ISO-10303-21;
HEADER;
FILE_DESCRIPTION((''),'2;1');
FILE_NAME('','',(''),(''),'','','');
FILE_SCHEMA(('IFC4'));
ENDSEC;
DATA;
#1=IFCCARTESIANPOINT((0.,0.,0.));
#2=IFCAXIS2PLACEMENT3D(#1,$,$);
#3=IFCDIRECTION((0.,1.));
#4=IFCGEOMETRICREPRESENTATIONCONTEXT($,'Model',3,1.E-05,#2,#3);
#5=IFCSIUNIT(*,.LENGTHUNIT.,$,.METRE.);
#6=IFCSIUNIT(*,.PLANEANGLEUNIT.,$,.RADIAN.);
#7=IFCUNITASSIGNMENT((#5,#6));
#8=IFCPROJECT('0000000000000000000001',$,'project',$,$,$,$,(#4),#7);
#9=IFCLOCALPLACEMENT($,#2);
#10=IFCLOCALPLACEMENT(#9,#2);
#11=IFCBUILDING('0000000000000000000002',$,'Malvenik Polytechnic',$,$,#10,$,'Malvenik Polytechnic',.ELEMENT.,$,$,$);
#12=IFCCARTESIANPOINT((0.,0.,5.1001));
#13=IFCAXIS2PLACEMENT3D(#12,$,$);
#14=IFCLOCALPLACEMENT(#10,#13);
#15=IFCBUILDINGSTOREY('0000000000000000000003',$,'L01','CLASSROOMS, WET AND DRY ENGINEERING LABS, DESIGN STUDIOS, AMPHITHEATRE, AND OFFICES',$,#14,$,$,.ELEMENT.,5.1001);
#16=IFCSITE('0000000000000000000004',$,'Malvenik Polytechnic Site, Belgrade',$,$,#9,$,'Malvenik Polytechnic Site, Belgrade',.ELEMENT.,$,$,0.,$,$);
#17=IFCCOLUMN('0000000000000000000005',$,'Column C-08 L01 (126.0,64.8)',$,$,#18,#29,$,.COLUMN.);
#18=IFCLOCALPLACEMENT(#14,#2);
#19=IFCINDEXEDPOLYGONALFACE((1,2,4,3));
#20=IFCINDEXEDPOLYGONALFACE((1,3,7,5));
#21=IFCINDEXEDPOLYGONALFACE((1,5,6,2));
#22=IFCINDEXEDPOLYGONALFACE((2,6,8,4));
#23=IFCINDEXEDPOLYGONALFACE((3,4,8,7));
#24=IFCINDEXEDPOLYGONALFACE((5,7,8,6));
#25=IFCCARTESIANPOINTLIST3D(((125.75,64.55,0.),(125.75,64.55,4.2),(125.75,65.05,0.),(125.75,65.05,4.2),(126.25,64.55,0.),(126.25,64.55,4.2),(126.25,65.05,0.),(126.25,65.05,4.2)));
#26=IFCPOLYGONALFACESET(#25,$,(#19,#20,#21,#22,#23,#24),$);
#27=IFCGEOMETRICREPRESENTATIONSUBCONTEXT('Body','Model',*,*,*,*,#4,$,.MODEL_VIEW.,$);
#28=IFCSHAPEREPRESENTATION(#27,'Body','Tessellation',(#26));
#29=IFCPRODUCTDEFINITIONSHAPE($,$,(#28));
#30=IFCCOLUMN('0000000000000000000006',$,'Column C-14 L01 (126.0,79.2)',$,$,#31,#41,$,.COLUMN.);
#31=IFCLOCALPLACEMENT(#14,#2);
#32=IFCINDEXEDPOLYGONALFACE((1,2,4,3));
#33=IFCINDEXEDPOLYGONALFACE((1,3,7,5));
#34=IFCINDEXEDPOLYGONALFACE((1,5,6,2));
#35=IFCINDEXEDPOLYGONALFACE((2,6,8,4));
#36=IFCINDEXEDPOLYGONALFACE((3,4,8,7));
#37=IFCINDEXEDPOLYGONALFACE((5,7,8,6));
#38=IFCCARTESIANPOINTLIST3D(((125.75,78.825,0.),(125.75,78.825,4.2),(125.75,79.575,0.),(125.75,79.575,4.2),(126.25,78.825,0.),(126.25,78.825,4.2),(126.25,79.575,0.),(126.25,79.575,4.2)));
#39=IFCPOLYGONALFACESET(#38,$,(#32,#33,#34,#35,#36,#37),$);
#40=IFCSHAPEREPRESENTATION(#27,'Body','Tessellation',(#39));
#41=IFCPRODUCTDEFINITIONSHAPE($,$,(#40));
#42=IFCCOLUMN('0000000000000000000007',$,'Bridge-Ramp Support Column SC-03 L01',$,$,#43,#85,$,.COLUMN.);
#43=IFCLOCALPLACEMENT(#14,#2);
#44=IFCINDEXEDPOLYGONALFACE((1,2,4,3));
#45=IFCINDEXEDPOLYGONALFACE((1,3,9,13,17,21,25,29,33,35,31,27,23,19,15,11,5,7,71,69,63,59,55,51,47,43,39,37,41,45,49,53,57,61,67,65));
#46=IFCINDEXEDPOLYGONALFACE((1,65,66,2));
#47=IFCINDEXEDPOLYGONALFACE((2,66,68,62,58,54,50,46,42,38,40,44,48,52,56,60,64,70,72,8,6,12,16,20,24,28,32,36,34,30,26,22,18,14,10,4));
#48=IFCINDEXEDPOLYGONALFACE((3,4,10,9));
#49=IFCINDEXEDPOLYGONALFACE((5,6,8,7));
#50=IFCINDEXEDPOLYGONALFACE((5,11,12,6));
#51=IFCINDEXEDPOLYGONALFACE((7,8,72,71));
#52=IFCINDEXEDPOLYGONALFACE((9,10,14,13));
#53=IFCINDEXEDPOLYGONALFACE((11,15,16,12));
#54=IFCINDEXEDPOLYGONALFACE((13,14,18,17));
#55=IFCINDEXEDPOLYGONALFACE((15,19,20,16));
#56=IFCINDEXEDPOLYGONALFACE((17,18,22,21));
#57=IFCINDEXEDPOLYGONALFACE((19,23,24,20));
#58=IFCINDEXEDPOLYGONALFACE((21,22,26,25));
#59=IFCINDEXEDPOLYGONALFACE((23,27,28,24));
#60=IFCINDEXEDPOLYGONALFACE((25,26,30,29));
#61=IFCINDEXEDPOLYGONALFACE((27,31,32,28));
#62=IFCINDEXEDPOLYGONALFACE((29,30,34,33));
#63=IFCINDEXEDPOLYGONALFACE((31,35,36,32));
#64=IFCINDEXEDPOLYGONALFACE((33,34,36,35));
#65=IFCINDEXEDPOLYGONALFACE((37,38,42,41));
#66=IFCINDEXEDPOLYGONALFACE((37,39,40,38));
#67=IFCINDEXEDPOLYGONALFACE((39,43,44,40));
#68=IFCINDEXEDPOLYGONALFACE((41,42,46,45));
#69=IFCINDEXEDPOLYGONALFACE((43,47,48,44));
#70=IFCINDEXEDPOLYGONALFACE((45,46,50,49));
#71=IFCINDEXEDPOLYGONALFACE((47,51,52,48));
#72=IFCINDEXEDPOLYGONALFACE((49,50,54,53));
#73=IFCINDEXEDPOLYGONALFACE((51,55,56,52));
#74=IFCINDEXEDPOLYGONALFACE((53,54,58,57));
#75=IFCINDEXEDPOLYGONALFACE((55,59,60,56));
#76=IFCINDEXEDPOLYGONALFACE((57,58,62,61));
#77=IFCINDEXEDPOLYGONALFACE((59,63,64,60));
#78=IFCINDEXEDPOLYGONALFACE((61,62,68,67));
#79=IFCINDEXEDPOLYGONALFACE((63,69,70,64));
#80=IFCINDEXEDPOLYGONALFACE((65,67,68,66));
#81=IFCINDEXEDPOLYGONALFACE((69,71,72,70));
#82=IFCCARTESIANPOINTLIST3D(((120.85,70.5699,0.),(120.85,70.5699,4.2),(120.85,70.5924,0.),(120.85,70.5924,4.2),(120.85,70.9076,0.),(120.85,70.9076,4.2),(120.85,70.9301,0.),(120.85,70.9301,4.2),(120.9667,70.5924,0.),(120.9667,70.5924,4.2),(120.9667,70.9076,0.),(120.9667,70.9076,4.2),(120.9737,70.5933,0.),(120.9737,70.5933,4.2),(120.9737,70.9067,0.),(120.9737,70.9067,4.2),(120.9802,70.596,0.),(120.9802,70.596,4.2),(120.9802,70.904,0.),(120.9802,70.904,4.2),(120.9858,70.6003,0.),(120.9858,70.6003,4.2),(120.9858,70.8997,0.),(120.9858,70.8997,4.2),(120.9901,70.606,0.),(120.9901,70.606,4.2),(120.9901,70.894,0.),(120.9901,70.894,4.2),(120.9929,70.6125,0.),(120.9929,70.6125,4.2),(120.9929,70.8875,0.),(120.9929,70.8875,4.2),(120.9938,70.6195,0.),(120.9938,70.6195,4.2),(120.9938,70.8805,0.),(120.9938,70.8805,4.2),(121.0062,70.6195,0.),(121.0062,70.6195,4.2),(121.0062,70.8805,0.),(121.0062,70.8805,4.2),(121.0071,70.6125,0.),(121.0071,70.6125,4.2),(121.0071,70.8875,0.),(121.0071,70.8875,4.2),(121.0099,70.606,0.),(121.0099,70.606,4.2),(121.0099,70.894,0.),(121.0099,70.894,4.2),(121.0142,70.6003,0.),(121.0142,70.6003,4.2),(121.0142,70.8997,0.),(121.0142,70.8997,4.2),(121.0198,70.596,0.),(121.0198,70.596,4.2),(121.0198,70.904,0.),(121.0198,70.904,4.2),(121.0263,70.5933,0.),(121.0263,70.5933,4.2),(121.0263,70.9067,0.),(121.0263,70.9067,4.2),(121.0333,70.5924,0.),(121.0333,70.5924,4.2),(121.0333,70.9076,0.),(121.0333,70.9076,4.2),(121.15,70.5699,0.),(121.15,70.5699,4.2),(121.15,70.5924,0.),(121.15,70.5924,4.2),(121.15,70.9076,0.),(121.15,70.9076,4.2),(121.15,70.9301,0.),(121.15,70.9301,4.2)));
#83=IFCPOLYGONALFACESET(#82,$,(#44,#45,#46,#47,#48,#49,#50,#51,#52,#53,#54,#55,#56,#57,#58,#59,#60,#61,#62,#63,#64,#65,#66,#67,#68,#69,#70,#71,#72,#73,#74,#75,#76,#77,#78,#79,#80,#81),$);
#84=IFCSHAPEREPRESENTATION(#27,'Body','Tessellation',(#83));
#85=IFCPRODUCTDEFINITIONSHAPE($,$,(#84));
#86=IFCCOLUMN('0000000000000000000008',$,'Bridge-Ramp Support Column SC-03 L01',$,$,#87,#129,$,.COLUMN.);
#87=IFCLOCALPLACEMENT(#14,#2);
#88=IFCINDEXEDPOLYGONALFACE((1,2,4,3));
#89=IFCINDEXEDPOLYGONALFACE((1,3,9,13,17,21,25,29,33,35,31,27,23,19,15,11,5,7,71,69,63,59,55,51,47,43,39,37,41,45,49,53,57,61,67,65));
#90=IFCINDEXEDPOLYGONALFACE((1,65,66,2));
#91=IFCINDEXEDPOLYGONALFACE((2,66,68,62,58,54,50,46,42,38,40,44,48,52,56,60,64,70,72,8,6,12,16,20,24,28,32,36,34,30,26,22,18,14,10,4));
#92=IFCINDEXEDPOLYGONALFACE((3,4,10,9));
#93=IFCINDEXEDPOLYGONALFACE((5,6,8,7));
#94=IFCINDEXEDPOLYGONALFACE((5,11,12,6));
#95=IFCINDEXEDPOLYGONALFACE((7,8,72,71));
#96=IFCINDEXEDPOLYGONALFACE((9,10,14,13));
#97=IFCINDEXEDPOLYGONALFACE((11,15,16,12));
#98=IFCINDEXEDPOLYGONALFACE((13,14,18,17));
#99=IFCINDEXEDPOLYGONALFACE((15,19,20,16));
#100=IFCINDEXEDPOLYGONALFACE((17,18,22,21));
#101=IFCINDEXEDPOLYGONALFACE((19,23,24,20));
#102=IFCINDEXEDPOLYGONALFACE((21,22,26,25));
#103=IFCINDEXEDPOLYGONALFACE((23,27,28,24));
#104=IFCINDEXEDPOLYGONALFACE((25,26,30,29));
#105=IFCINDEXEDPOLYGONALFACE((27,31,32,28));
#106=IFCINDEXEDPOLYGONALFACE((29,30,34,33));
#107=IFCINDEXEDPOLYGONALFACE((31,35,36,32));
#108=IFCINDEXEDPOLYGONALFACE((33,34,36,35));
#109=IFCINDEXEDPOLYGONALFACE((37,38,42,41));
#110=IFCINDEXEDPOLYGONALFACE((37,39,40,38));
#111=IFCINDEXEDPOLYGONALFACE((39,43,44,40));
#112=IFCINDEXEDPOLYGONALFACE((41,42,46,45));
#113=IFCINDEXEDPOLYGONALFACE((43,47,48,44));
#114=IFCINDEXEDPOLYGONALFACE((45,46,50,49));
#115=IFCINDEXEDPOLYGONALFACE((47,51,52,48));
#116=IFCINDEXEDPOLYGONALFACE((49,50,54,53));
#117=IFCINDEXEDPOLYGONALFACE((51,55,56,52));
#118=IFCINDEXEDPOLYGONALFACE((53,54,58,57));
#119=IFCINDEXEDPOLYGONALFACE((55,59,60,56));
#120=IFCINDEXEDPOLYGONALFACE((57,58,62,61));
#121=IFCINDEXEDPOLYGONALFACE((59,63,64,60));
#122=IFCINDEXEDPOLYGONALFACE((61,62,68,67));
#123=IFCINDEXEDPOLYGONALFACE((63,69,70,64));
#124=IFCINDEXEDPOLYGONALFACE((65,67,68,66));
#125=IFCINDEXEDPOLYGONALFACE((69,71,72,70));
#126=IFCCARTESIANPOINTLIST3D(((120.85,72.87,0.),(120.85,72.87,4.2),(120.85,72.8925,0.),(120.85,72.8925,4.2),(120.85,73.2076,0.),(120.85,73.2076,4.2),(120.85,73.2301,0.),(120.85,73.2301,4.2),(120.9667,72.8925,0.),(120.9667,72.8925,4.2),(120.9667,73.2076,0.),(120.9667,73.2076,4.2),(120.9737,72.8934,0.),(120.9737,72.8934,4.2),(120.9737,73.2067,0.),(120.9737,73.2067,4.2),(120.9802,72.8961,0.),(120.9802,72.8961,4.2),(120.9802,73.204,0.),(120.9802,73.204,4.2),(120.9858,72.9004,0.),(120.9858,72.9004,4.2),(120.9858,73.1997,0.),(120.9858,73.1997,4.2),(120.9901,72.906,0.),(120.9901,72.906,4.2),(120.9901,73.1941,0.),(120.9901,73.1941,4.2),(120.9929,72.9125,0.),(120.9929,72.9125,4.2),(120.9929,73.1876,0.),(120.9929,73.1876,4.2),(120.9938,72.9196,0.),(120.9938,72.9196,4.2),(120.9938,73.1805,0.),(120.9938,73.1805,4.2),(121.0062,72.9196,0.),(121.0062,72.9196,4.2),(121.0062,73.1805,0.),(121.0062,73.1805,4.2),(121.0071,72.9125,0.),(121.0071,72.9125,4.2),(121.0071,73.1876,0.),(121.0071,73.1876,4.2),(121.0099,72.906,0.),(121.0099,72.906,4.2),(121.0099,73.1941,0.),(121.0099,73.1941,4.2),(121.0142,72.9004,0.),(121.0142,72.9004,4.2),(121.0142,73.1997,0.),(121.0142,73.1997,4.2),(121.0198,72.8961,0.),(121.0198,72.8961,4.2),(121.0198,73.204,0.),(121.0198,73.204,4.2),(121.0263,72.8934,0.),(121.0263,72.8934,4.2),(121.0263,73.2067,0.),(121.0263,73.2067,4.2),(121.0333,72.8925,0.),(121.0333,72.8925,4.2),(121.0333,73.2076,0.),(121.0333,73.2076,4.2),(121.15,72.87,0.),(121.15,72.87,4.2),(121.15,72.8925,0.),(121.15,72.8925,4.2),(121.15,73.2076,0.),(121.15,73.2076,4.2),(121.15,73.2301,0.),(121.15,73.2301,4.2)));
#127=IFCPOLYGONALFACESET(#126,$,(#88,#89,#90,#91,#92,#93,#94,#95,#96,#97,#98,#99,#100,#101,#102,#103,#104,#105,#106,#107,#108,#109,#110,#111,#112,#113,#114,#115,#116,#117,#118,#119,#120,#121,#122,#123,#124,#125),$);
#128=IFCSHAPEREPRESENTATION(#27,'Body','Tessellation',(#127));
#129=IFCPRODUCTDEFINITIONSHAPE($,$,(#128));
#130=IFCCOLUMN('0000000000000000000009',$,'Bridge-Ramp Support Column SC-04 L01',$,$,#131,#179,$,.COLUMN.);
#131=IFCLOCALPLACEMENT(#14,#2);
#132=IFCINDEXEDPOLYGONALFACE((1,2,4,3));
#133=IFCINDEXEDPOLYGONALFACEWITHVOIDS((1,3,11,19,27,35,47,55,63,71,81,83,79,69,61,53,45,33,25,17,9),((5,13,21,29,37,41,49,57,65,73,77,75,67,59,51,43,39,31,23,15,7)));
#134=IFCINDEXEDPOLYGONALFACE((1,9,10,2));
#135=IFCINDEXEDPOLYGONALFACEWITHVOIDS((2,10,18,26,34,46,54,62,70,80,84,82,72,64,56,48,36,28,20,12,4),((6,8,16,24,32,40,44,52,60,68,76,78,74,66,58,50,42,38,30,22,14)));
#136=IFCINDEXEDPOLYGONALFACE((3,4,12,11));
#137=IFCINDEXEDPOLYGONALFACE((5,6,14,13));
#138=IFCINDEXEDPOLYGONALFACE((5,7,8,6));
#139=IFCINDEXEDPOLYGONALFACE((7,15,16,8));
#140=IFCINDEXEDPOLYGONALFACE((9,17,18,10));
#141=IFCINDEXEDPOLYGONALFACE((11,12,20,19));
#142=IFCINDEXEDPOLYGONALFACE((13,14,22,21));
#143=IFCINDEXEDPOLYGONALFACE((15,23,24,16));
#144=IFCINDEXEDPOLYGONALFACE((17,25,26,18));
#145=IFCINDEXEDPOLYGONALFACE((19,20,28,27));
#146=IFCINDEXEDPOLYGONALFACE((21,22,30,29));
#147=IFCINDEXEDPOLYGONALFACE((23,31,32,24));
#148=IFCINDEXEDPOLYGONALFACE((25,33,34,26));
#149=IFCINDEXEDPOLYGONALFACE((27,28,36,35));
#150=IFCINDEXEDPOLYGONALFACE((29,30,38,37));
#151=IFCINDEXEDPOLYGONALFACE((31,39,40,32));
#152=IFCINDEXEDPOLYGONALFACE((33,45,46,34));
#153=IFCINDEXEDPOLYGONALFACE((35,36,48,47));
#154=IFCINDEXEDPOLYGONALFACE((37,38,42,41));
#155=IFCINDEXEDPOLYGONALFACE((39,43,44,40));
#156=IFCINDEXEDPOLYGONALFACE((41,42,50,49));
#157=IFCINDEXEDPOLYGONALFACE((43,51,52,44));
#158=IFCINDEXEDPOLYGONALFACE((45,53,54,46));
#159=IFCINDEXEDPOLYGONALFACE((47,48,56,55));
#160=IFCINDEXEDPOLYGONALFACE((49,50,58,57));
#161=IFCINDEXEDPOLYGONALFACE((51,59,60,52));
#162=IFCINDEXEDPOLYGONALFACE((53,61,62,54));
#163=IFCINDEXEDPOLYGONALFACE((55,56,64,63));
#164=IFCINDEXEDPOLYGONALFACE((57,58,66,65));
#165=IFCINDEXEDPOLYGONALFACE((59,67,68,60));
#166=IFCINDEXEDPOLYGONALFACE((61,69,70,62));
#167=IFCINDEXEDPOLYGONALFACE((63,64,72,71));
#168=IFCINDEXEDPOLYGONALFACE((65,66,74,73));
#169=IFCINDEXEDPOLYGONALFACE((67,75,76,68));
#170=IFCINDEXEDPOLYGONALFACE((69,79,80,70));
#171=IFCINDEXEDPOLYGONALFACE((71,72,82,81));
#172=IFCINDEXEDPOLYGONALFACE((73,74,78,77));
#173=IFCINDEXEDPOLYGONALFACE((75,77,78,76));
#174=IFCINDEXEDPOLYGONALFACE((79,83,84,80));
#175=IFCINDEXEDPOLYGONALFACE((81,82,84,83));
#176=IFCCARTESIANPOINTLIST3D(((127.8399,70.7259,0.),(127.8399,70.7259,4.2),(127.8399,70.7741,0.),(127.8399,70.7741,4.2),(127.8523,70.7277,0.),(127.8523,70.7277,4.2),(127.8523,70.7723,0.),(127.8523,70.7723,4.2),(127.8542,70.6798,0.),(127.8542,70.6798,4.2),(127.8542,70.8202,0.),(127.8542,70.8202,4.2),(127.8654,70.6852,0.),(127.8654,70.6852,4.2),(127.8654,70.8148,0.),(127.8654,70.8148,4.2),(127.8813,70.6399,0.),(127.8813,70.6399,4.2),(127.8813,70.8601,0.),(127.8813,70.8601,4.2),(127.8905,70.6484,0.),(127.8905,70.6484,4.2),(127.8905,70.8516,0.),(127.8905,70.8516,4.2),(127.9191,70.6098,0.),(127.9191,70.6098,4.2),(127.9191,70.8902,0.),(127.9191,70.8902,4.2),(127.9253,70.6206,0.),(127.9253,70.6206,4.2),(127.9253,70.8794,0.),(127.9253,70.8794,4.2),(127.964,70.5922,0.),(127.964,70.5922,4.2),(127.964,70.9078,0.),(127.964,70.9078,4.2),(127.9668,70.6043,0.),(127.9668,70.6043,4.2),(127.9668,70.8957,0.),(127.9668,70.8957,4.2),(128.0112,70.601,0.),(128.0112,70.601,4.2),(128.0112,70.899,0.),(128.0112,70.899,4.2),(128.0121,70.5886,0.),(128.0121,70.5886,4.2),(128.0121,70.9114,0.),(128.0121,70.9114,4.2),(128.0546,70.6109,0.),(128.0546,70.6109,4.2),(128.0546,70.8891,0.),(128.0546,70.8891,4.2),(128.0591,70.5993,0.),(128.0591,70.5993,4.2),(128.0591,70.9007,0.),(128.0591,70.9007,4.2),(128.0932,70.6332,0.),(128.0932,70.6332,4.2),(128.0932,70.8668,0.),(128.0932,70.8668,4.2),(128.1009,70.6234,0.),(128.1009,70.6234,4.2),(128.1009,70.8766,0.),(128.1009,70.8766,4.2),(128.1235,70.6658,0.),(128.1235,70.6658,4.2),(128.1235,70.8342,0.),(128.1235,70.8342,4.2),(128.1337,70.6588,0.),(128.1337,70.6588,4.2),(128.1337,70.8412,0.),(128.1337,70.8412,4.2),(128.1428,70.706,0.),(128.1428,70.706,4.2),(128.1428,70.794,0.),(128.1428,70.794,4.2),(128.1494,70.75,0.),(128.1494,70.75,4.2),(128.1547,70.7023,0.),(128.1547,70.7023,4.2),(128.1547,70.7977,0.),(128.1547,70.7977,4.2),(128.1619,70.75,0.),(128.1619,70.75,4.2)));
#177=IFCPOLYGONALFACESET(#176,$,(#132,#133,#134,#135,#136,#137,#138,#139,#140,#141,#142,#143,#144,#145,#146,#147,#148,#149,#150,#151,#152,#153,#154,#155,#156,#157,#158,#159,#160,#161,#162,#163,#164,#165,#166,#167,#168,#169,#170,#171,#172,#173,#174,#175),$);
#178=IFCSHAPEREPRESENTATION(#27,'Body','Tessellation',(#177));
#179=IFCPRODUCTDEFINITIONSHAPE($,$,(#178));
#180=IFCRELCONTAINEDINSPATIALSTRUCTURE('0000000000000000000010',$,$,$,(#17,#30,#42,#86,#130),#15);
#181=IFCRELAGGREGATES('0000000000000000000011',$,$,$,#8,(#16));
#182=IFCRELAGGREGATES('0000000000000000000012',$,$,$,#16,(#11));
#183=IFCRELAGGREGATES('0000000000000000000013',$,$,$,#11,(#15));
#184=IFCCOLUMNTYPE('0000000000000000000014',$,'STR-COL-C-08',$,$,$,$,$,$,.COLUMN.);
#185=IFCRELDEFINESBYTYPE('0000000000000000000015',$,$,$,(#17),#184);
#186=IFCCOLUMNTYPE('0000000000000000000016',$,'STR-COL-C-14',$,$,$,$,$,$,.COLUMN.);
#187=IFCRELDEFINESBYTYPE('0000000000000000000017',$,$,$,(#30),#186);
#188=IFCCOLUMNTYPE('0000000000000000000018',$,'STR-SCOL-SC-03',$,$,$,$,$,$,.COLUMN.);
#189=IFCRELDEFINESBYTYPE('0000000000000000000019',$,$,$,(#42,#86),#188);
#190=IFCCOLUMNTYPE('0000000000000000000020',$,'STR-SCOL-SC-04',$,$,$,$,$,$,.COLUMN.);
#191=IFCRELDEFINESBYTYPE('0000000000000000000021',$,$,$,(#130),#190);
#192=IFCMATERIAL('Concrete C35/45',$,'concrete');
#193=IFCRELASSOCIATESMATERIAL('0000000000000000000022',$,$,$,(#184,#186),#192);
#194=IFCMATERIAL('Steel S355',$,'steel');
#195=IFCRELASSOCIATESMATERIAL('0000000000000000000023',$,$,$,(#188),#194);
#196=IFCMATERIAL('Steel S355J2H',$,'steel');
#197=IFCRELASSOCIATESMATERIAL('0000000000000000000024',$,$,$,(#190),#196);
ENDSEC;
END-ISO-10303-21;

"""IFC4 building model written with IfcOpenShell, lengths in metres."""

from ifc_helpers import new_model, si_unit, direction, frame, origin, origin_2d, place, context, subcontext, project, spatial, rectangle, hollow_circle, i_section, extrude, material, material_profile, profile_set, type_object, element, save


model = new_model("IFC4")

# Units and contexts
model_context = context("Model", 3, precision=1e-05, world=origin(), true_north=direction((0.0, 1.0)))
body_context = subcontext(model_context, "Body", "Model", "MODEL_VIEW")
ifc_project = project(units=[si_unit("LENGTHUNIT", "METRE"), si_unit("PLANEANGLEUNIT", "RADIAN")], contexts=[model_context])

# Site, building, storey
site_placement = place(None, origin())
site = spatial("IfcSite", under=ifc_project, at=site_placement, Name="Malvenik Polytechnic Site, Belgrade", LongName="Malvenik Polytechnic Site, Belgrade", CompositionType="ELEMENT", RefElevation=0.0)
building_placement = place(site_placement, origin())
building = spatial("IfcBuilding", under=site, at=building_placement, Name="Malvenik Polytechnic", LongName="Malvenik Polytechnic", CompositionType="ELEMENT")
storey_placement = place(building_placement, frame((0.0, 0.0, 5.1001)))
storey = spatial("IfcBuildingStorey", under=building, at=storey_placement, Name="L01", Description="CLASSROOMS, WET AND DRY ENGINEERING LABS, DESIGN STUDIOS, AMPHITHEATRE, AND OFFICES", CompositionType="ELEMENT", Elevation=5.1001)

# Columns
ifc_material_1 = material(Name="Concrete C35/45", Category="concrete")
ifc_material_profile_1 = material_profile(ifc_material_1, rectangle(XDim=0.5, YDim=0.5, at=origin_2d()), Name="RC COL 500x500")
ifc_profile_set_1 = profile_set([ifc_material_profile_1], Name="Concrete C35/45")
column_type_1 = type_object("IfcColumnType", Name="STR-COL-C-08", PredefinedType="COLUMN", material=ifc_profile_set_1)
column_1_placement = place(storey_placement, frame((126.0, 64.8, 0.0), z_axis=(0.0, 0.0, 1.0), x_axis=(1.0, 0.0, 0.0)))
element("IfcColumn", 1, at=column_1_placement, inside=storey, type_object=column_type_1, Name="Column C-08 L01 (126.0,64.8)", PredefinedType="COLUMN", context=body_context, shape_type="SweptSolid", body=[
    extrude(rectangle(XDim=0.5, YDim=0.5, at=origin_2d()), origin(), (0.0, 0.0, 1.0), 4.2),
])
ifc_material_profile_2 = material_profile(ifc_material_1, rectangle(XDim=0.5, YDim=0.75, at=origin_2d()), Name="RC COL 750x500")
ifc_profile_set_2 = profile_set([ifc_material_profile_2], Name="Concrete C35/45")
column_type_2 = type_object("IfcColumnType", Name="STR-COL-C-14", PredefinedType="COLUMN", material=ifc_profile_set_2)
column_2_placement = place(storey_placement, frame((126.0, 79.2, 0.0), z_axis=(0.0, 0.0, 1.0), x_axis=(1.0, 0.0, 0.0)))
element("IfcColumn", 2, at=column_2_placement, inside=storey, type_object=column_type_2, Name="Column C-14 L01 (126.0,79.2)", PredefinedType="COLUMN", context=body_context, shape_type="SweptSolid", body=[
    extrude(rectangle(XDim=0.5, YDim=0.75, at=origin_2d()), origin(), (0.0, 0.0, 1.0), 4.2),
])
ifc_material_2 = material(Name="Steel S355", Category="steel")
ifc_material_profile_3 = material_profile(ifc_material_2, i_section(OverallWidth=0.3, OverallDepth=0.3601, WebThickness=0.0125, FlangeThickness=0.0225, FilletRadius=0.0271, at=origin_2d()), Name="HEB 360")
ifc_profile_set_3 = profile_set([ifc_material_profile_3], Name="Steel S355")
column_type_3 = type_object("IfcColumnType", Name="STR-SCOL-SC-03", PredefinedType="COLUMN", material=ifc_profile_set_3)
for number, where, z_axis, x_axis, name in (
    (3, (121.0, 70.75, 0.0), (0.0, 0.0, 1.0), (1.0, 0.0, 0.0), "Bridge-Ramp Support Column SC-03 L01"),
    (4, (121.0, 73.05, 0.0), (0.0, 0.0, 1.0), (1.0, 0.0, 0.0), "Bridge-Ramp Support Column SC-03 L01"),
):
    element("IfcColumn", number, at=place(storey_placement, frame(where, z_axis=z_axis, x_axis=x_axis)), inside=storey, type_object=column_type_3, Name=name, PredefinedType="COLUMN", context=body_context, shape_type="SweptSolid", body=[
        extrude(i_section(OverallWidth=0.3, OverallDepth=0.3601, WebThickness=0.0125, FlangeThickness=0.0225, FilletRadius=0.0271, at=origin_2d()), origin(), (0.0, 0.0, 1.0), 4.2),
    ])
ifc_material_3 = material(Name="Steel S355J2H", Category="steel")
ifc_material_profile_4 = material_profile(ifc_material_3, hollow_circle(Radius=0.1619, WallThickness=0.0125, at=origin_2d()), Name="CHS 323.9x12.5")
ifc_profile_set_4 = profile_set([ifc_material_profile_4], Name="Steel S355J2H")
column_type_4 = type_object("IfcColumnType", Name="STR-SCOL-SC-04", PredefinedType="COLUMN", material=ifc_profile_set_4)
for number, where, z_axis, x_axis, name in (
    (5, (128.0, 70.75, 0.0), (0.0, 0.0, 1.0), (1.0, 0.0, 0.0), "Bridge-Ramp Support Column SC-04 L01"),
):
    element("IfcColumn", number, at=place(storey_placement, frame(where, z_axis=z_axis, x_axis=x_axis)), inside=storey, type_object=column_type_4, Name=name, PredefinedType="COLUMN", context=body_context, shape_type="SweptSolid", body=[
        extrude(hollow_circle(Radius=0.1619, WallThickness=0.0125, at=origin_2d()), origin(), (0.0, 0.0, 1.0), 4.2),
    ])

save(model, "model.ifc")
